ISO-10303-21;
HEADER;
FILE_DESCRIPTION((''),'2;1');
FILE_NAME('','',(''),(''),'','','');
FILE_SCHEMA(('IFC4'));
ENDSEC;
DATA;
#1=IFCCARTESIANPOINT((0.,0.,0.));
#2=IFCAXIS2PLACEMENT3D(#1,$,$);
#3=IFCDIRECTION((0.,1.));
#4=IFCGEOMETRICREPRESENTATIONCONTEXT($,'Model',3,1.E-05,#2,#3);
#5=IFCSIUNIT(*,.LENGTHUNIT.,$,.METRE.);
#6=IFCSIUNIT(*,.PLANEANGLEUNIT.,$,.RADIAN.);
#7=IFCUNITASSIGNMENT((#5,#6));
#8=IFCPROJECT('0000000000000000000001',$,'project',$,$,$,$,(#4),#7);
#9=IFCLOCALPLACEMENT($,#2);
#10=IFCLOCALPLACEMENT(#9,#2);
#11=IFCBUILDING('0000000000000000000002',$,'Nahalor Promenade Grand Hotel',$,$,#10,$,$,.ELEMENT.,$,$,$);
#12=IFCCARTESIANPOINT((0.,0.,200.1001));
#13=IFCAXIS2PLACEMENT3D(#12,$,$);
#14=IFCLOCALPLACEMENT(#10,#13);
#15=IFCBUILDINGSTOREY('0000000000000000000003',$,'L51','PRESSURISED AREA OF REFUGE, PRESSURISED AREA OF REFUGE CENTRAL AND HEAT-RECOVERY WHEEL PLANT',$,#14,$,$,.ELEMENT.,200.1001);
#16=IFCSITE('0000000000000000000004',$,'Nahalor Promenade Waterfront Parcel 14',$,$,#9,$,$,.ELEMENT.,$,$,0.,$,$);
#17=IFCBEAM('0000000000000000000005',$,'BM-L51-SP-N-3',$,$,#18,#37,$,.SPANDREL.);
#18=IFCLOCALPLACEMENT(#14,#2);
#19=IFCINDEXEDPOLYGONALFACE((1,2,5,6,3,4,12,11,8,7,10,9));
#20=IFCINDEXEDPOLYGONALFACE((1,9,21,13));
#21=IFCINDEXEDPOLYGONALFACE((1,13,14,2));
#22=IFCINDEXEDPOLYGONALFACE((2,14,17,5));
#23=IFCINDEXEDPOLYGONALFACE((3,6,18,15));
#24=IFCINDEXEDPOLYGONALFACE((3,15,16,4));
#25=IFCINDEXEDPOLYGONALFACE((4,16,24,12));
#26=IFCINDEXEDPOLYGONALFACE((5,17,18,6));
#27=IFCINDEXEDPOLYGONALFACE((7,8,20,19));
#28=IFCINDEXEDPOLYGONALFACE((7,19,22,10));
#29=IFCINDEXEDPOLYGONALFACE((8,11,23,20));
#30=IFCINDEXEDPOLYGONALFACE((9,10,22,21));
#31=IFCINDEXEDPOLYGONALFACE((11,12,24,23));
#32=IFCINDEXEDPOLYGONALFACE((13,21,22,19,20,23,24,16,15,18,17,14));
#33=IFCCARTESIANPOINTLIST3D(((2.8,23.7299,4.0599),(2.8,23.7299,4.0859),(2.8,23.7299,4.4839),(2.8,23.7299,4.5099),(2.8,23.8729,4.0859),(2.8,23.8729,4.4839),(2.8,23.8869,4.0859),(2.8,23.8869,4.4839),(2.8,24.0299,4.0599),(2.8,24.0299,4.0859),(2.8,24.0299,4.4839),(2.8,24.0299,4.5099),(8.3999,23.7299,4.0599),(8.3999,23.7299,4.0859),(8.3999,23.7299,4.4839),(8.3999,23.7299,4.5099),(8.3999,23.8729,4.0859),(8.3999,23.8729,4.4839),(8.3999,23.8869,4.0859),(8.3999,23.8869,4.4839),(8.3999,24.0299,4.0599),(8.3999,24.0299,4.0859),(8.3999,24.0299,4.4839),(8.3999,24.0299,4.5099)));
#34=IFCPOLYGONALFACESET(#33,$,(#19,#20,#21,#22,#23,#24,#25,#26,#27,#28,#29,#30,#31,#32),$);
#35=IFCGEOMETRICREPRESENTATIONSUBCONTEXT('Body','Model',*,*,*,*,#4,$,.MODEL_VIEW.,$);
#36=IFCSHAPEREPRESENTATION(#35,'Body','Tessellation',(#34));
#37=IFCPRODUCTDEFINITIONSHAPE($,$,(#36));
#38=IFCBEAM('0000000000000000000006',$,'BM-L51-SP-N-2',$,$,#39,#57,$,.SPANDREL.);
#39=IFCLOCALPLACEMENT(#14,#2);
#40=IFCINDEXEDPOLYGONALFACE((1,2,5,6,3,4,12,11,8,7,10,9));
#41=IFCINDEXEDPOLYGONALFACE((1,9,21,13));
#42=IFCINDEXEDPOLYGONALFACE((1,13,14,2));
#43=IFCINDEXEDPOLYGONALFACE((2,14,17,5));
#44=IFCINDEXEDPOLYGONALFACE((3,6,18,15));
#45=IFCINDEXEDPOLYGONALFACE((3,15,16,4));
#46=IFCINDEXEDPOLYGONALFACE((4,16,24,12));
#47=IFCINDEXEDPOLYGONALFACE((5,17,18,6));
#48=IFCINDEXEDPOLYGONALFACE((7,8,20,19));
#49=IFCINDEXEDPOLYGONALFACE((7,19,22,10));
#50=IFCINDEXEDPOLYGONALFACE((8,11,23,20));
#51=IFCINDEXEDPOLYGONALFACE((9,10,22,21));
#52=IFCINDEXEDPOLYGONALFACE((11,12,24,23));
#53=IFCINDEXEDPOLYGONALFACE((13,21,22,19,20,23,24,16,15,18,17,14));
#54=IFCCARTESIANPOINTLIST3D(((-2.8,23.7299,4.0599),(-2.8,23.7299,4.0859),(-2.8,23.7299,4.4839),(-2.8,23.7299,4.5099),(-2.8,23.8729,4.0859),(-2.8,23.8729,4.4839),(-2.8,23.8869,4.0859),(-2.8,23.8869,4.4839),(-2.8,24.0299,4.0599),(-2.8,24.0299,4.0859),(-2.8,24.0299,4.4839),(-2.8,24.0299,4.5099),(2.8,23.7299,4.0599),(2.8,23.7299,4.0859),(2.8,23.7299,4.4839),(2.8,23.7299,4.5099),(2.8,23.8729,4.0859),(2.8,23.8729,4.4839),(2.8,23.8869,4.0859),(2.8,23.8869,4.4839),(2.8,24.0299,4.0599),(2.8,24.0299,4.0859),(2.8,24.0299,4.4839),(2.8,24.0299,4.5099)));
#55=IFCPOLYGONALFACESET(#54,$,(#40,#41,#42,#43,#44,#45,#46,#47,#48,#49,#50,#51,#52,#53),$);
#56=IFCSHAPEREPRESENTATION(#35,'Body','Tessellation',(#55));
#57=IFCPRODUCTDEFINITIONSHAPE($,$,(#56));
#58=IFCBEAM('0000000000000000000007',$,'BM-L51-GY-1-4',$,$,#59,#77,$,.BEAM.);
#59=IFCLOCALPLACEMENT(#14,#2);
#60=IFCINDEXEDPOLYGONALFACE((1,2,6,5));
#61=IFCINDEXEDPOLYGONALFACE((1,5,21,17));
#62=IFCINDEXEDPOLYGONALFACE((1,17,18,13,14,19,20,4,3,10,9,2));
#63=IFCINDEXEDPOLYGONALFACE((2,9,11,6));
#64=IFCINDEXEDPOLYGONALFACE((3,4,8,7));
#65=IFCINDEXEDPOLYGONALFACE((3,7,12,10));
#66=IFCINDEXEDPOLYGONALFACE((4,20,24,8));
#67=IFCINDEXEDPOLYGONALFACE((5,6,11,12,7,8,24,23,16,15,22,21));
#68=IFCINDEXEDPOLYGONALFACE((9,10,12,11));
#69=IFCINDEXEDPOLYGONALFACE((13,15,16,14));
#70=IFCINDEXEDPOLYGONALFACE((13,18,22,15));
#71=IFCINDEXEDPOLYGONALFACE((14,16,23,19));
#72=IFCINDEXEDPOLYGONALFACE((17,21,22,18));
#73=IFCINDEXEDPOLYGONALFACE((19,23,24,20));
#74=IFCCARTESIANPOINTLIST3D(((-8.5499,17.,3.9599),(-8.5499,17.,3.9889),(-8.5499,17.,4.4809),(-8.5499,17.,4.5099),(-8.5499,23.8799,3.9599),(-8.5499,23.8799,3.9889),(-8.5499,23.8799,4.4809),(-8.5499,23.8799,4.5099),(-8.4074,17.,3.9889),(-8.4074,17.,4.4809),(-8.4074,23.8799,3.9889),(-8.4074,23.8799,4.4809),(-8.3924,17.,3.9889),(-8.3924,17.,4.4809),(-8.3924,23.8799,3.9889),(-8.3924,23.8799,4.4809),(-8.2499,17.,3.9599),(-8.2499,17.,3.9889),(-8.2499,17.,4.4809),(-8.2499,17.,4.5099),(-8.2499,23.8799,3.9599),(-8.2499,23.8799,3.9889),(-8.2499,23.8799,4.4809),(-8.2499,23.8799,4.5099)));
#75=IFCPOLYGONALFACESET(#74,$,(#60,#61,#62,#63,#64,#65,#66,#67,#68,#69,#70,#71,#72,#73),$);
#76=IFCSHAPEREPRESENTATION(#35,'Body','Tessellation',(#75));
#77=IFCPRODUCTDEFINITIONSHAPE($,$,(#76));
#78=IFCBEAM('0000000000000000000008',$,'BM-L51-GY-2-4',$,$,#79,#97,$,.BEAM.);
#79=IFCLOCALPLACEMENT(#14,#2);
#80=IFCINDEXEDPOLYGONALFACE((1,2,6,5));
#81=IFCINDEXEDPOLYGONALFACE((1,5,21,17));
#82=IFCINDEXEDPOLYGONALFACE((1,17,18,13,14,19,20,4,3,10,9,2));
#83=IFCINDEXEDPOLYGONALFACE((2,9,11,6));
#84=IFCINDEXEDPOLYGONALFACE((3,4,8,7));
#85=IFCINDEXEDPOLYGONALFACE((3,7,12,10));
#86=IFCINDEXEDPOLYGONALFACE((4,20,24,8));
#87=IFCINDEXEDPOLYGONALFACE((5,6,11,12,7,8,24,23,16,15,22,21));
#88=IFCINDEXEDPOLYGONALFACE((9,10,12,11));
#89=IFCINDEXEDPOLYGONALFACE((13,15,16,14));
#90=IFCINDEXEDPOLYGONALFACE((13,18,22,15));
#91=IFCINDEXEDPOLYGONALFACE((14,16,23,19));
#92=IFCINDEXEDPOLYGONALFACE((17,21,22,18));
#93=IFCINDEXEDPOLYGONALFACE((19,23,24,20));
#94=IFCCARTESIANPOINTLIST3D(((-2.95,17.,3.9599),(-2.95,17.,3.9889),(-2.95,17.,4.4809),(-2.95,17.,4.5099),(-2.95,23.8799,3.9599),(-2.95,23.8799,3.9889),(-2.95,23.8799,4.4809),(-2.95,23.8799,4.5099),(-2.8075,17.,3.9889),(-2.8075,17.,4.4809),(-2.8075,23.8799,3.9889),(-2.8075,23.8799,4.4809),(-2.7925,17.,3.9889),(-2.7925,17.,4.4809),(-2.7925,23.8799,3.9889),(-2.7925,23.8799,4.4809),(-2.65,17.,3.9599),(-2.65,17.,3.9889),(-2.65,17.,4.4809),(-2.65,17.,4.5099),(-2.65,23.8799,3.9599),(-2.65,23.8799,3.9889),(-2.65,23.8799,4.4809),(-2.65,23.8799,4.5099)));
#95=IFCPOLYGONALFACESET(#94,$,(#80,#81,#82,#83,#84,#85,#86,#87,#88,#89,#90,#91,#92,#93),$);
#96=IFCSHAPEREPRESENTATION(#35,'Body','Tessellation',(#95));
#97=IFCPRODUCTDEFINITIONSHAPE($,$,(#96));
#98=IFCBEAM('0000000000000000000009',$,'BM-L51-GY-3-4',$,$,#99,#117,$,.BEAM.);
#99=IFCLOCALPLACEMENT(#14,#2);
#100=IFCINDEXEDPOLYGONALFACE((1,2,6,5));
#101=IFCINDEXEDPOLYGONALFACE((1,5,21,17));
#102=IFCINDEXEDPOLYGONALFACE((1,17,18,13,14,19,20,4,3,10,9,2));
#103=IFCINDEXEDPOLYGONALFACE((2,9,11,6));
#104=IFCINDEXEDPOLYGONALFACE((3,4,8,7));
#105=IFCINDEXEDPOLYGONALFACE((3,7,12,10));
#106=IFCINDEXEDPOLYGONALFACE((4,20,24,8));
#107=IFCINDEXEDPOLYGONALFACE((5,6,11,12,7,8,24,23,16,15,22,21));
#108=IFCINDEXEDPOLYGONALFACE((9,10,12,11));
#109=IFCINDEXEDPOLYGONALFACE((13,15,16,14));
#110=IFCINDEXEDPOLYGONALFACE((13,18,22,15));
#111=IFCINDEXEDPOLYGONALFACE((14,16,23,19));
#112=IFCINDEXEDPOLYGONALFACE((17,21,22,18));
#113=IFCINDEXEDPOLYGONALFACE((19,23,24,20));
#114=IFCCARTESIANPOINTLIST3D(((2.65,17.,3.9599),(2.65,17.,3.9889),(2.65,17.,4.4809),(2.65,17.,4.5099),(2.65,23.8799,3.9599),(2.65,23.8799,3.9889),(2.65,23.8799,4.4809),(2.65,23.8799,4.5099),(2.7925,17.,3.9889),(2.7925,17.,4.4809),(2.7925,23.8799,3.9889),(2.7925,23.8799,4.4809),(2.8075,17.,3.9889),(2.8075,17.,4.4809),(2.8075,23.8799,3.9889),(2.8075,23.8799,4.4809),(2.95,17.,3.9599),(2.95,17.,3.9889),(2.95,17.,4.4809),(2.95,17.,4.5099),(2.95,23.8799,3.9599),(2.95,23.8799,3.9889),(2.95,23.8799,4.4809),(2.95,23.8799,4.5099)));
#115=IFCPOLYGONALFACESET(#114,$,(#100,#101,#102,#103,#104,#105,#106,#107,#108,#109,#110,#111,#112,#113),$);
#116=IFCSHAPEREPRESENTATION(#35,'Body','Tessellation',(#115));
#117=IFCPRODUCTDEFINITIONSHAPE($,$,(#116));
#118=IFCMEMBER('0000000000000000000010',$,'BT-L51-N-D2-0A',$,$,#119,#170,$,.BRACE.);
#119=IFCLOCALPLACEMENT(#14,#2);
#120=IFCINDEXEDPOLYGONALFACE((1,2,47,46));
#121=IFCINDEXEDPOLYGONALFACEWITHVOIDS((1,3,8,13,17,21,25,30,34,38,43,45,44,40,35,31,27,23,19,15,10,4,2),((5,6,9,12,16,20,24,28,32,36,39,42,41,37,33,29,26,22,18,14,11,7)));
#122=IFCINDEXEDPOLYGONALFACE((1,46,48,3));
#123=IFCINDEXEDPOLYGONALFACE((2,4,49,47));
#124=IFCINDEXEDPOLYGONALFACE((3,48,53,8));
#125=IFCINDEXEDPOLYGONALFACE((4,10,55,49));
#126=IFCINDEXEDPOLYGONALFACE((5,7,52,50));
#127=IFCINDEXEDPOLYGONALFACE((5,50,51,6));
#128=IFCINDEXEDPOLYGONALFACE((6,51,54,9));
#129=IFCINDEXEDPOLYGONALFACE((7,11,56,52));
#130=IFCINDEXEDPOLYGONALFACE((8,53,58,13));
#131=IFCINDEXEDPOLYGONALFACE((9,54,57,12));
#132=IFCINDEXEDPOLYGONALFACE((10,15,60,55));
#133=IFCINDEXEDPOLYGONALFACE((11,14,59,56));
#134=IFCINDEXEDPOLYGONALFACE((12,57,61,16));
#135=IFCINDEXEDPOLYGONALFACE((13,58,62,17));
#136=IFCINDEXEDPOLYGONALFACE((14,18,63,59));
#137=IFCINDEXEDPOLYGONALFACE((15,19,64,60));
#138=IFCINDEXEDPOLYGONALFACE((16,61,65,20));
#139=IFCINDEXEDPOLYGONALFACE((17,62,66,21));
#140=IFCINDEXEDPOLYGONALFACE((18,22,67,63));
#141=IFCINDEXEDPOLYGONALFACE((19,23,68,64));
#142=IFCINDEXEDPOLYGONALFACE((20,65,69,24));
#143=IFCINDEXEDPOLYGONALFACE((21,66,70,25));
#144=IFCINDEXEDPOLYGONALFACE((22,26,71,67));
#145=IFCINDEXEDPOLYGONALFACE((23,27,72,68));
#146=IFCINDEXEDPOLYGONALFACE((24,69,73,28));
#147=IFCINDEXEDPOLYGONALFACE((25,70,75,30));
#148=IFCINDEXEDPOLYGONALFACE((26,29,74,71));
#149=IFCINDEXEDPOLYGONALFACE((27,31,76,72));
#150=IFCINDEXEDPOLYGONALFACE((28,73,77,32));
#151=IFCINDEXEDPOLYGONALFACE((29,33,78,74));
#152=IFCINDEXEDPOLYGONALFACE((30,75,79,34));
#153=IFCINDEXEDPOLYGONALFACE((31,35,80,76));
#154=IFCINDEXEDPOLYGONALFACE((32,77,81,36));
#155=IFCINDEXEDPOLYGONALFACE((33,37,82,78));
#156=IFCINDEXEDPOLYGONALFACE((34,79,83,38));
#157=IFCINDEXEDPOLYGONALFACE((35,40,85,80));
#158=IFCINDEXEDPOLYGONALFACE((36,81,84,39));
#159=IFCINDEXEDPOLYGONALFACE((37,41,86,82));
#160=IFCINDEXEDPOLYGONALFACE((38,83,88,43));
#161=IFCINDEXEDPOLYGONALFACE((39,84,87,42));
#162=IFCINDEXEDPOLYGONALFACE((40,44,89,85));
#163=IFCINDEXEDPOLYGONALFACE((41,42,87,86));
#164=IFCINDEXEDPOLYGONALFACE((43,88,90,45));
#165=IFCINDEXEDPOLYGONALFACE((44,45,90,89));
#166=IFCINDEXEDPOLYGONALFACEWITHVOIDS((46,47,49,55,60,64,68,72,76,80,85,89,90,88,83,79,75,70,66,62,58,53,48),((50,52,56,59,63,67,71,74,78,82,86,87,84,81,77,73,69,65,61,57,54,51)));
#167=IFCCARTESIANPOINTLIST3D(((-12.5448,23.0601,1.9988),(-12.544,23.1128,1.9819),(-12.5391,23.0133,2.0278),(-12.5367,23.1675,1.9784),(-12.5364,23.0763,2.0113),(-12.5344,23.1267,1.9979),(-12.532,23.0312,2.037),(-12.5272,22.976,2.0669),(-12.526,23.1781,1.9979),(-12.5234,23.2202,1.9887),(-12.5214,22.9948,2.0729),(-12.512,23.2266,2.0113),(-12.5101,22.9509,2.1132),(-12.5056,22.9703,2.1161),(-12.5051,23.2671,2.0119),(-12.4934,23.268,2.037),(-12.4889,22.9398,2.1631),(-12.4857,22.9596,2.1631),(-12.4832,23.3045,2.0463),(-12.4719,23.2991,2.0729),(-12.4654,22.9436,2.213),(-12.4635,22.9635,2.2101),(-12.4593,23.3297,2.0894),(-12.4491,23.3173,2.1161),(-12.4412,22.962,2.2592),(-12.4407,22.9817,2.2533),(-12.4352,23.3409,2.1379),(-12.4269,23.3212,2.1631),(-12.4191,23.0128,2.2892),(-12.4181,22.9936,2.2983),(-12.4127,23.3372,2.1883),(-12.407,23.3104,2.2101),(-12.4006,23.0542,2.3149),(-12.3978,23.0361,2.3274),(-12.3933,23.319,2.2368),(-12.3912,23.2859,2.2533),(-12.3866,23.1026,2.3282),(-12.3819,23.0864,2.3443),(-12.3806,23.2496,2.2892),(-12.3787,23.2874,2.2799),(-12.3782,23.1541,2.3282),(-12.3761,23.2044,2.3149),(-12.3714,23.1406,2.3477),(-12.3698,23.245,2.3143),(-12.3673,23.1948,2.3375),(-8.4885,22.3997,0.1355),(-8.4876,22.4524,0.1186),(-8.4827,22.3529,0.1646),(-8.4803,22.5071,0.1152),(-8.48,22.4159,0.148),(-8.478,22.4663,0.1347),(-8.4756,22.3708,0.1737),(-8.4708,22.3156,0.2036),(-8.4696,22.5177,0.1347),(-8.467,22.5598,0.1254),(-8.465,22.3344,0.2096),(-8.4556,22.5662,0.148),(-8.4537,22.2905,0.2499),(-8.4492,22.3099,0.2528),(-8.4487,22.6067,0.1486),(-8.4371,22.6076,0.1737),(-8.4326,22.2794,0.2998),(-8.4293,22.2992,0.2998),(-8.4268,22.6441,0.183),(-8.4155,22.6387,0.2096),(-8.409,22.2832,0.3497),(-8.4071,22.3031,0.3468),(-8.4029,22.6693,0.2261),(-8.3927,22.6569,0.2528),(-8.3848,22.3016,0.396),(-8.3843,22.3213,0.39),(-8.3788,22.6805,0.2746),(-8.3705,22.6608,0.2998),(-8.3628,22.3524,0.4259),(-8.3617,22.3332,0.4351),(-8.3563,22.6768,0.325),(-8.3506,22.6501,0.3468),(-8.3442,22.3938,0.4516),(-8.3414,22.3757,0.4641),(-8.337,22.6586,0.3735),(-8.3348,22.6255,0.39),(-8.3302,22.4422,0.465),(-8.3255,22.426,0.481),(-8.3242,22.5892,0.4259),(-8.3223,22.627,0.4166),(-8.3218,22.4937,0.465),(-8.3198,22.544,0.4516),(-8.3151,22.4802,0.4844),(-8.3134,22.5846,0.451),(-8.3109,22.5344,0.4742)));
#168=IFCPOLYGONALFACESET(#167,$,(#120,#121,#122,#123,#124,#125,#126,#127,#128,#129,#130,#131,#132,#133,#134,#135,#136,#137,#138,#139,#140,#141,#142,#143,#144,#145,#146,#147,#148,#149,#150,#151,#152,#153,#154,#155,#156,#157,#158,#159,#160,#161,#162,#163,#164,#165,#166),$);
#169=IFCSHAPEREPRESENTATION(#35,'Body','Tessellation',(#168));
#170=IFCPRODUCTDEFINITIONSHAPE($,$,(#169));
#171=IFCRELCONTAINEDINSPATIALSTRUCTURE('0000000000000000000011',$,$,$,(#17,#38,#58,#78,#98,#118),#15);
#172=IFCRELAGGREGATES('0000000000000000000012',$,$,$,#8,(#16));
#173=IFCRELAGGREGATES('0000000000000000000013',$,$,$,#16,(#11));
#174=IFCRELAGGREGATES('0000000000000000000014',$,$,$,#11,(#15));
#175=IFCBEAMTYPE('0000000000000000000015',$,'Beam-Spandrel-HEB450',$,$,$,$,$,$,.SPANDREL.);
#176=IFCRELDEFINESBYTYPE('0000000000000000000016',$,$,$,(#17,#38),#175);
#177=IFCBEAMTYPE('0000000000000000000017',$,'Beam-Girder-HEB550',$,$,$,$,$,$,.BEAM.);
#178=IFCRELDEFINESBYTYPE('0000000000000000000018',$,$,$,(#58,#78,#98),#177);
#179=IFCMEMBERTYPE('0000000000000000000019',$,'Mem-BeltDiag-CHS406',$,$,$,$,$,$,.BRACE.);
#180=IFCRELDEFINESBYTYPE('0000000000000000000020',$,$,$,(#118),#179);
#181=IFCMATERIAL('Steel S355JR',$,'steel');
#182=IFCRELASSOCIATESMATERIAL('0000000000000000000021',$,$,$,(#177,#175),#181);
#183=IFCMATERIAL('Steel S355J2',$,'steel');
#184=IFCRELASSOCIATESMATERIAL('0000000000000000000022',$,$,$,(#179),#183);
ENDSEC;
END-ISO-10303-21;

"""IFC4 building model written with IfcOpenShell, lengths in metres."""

from ifc_helpers import new_model, si_unit, direction, frame, origin, origin_2d, place, context, subcontext, project, spatial, hollow_circle, i_section, extrude, source, transform, mapped, material, material_profile, profile_set, type_object, element, save


model = new_model("IFC4")

# Units and contexts
model_context = context("Model", 3, precision=1e-05, world=origin(), true_north=direction((0.0, 1.0)))
body_context = subcontext(model_context, "Body", "Model", "MODEL_VIEW")
ifc_project = project(units=[si_unit("LENGTHUNIT", "METRE"), si_unit("PLANEANGLEUNIT", "RADIAN")], contexts=[model_context])

# Site, building, storey
site_placement = place(None, origin())
site = spatial("IfcSite", under=ifc_project, at=site_placement, Name="Nahalor Promenade Waterfront Parcel 14", CompositionType="ELEMENT", RefElevation=0.0)
building_placement = place(site_placement, origin())
building = spatial("IfcBuilding", under=site, at=building_placement, Name="Nahalor Promenade Grand Hotel", CompositionType="ELEMENT")
storey_placement = place(building_placement, frame((0.0, 0.0, 200.1001)))
storey = spatial("IfcBuildingStorey", under=building, at=storey_placement, Name="L51", Description="PRESSURISED AREA OF REFUGE, PRESSURISED AREA OF REFUGE CENTRAL AND HEAT-RECOVERY WHEEL PLANT", CompositionType="ELEMENT", Elevation=200.1001)

# Shared definitions
ifc_material_1 = material(Name="Steel S355J2", Category="steel")

# Beams
ifc_material_2 = material(Name="Steel S355JR", Category="steel")
ifc_material_profile_1 = material_profile(ifc_material_2, i_section(OverallWidth=0.3, OverallDepth=0.55, WebThickness=0.015, FlangeThickness=0.029, at=origin_2d()), Name="HEB 550")
ifc_profile_set_1 = profile_set([ifc_material_profile_1], Name="Steel S355JR")
beam_type_1 = type_object("IfcBeamType", Name="Beam-Girder-HEB550", PredefinedType="BEAM", material=ifc_profile_set_1)
ifc_material_profile_2 = material_profile(ifc_material_2, i_section(OverallWidth=0.3, OverallDepth=0.45, WebThickness=0.014, FlangeThickness=0.026, at=origin_2d()), Name="HEB 450")
ifc_profile_set_2 = profile_set([ifc_material_profile_2], Name="Steel S355JR")
beam_type_2 = type_object("IfcBeamType", Name="Beam-Spandrel-HEB450", PredefinedType="SPANDREL", material=ifc_profile_set_2)
shared_shape_1 = source(origin(), body_context, "Body", "SweptSolid", [
    extrude(i_section(OverallWidth=0.3, OverallDepth=0.45, WebThickness=0.014, FlangeThickness=0.026, at=origin_2d()), origin(), (0.0, 0.0, 1.0), 5.5999),
])
for number, where, z_axis, x_axis, name in (
    (1, (2.8, 23.8799, 4.2849), (1.0, 0.0, 0.0), (0.0, 1.0, 0.0), "BM-L51-SP-N-3"),
):
    element("IfcBeam", number, at=place(storey_placement, frame(where, z_axis=z_axis, x_axis=x_axis)), inside=storey, type_object=beam_type_2, Name=name, PredefinedType="SPANDREL", context=body_context, shape_type="MappedRepresentation", body=[
        mapped(shared_shape_1, transform((0.0, 0.0, 0.0), scale=1.0)),
    ])
shared_shape_2 = source(origin(), body_context, "Body", "SweptSolid", [
    extrude(i_section(OverallWidth=0.3, OverallDepth=0.45, WebThickness=0.014, FlangeThickness=0.026, at=origin_2d()), origin(), (0.0, 0.0, 1.0), 5.6001),
])
beam_1_placement = place(storey_placement, frame((-2.8, 23.8799, 4.2849), z_axis=(1.0, 0.0, 0.0), x_axis=(0.0, 1.0, 0.0)))
element("IfcBeam", 2, at=beam_1_placement, inside=storey, type_object=beam_type_2, Name="BM-L51-SP-N-2", PredefinedType="SPANDREL", context=body_context, shape_type="MappedRepresentation", body=[
    mapped(shared_shape_2, transform((0.0, 0.0, 0.0), scale=1.0)),
])
shared_shape_3 = source(origin(), body_context, "Body", "SweptSolid", [
    extrude(i_section(OverallWidth=0.3, OverallDepth=0.55, WebThickness=0.015, FlangeThickness=0.029, at=origin_2d()), origin(), (0.0, 0.0, 1.0), 6.8799),
])
for number, where, z_axis, x_axis, name in (
    (3, (-8.3999, 17.0, 4.2349), (0.0, 1.0, 0.0), (-1.0, 0.0, 0.0), "BM-L51-GY-1-4"),
    (4, (-2.8, 17.0, 4.2349), (0.0, 1.0, 0.0), (-1.0, 0.0, 0.0), "BM-L51-GY-2-4"),
    (5, (2.8, 17.0, 4.2349), (0.0, 1.0, 0.0), (-1.0, 0.0, 0.0), "BM-L51-GY-3-4"),
):
    element("IfcBeam", number, at=place(storey_placement, frame(where, z_axis=z_axis, x_axis=x_axis)), inside=storey, type_object=beam_type_1, Name=name, PredefinedType="BEAM", context=body_context, shape_type="MappedRepresentation", body=[
        mapped(shared_shape_3, transform((0.0, 0.0, 0.0), scale=1.0)),
    ])

# Member
ifc_material_profile_3 = material_profile(ifc_material_1, hollow_circle(Radius=0.2032, WallThickness=0.02, at=origin_2d()), Name="CHS 406.4x20")
ifc_profile_set_3 = profile_set([ifc_material_profile_3], Name="Steel S355J2")
member_type = type_object("IfcMemberType", Name="Mem-BeltDiag-CHS406", PredefinedType="BRACE", material=ifc_profile_set_3)
shared_shape_4 = source(origin(), body_context, "Body", "SweptSolid", [
    extrude(hollow_circle(Radius=0.2032, WallThickness=0.02, at=origin_2d()), origin(), (0.0, 0.0, 1.0), 4.5125),
])
member_1_placement = place(storey_placement, frame((-8.3999, 22.48, 0.2998), z_axis=(-0.898932, 0.14635, 0.412919), x_axis=(-0.160689, -0.987005, 0.0)))
element("IfcMember", 6, at=member_1_placement, inside=storey, type_object=member_type, Name="BT-L51-N-D2-0A", PredefinedType="BRACE", context=body_context, shape_type="MappedRepresentation", body=[
    mapped(shared_shape_4, transform((0.0, 0.0, 0.0), scale=1.0)),
])

save(model, "model.ifc")
